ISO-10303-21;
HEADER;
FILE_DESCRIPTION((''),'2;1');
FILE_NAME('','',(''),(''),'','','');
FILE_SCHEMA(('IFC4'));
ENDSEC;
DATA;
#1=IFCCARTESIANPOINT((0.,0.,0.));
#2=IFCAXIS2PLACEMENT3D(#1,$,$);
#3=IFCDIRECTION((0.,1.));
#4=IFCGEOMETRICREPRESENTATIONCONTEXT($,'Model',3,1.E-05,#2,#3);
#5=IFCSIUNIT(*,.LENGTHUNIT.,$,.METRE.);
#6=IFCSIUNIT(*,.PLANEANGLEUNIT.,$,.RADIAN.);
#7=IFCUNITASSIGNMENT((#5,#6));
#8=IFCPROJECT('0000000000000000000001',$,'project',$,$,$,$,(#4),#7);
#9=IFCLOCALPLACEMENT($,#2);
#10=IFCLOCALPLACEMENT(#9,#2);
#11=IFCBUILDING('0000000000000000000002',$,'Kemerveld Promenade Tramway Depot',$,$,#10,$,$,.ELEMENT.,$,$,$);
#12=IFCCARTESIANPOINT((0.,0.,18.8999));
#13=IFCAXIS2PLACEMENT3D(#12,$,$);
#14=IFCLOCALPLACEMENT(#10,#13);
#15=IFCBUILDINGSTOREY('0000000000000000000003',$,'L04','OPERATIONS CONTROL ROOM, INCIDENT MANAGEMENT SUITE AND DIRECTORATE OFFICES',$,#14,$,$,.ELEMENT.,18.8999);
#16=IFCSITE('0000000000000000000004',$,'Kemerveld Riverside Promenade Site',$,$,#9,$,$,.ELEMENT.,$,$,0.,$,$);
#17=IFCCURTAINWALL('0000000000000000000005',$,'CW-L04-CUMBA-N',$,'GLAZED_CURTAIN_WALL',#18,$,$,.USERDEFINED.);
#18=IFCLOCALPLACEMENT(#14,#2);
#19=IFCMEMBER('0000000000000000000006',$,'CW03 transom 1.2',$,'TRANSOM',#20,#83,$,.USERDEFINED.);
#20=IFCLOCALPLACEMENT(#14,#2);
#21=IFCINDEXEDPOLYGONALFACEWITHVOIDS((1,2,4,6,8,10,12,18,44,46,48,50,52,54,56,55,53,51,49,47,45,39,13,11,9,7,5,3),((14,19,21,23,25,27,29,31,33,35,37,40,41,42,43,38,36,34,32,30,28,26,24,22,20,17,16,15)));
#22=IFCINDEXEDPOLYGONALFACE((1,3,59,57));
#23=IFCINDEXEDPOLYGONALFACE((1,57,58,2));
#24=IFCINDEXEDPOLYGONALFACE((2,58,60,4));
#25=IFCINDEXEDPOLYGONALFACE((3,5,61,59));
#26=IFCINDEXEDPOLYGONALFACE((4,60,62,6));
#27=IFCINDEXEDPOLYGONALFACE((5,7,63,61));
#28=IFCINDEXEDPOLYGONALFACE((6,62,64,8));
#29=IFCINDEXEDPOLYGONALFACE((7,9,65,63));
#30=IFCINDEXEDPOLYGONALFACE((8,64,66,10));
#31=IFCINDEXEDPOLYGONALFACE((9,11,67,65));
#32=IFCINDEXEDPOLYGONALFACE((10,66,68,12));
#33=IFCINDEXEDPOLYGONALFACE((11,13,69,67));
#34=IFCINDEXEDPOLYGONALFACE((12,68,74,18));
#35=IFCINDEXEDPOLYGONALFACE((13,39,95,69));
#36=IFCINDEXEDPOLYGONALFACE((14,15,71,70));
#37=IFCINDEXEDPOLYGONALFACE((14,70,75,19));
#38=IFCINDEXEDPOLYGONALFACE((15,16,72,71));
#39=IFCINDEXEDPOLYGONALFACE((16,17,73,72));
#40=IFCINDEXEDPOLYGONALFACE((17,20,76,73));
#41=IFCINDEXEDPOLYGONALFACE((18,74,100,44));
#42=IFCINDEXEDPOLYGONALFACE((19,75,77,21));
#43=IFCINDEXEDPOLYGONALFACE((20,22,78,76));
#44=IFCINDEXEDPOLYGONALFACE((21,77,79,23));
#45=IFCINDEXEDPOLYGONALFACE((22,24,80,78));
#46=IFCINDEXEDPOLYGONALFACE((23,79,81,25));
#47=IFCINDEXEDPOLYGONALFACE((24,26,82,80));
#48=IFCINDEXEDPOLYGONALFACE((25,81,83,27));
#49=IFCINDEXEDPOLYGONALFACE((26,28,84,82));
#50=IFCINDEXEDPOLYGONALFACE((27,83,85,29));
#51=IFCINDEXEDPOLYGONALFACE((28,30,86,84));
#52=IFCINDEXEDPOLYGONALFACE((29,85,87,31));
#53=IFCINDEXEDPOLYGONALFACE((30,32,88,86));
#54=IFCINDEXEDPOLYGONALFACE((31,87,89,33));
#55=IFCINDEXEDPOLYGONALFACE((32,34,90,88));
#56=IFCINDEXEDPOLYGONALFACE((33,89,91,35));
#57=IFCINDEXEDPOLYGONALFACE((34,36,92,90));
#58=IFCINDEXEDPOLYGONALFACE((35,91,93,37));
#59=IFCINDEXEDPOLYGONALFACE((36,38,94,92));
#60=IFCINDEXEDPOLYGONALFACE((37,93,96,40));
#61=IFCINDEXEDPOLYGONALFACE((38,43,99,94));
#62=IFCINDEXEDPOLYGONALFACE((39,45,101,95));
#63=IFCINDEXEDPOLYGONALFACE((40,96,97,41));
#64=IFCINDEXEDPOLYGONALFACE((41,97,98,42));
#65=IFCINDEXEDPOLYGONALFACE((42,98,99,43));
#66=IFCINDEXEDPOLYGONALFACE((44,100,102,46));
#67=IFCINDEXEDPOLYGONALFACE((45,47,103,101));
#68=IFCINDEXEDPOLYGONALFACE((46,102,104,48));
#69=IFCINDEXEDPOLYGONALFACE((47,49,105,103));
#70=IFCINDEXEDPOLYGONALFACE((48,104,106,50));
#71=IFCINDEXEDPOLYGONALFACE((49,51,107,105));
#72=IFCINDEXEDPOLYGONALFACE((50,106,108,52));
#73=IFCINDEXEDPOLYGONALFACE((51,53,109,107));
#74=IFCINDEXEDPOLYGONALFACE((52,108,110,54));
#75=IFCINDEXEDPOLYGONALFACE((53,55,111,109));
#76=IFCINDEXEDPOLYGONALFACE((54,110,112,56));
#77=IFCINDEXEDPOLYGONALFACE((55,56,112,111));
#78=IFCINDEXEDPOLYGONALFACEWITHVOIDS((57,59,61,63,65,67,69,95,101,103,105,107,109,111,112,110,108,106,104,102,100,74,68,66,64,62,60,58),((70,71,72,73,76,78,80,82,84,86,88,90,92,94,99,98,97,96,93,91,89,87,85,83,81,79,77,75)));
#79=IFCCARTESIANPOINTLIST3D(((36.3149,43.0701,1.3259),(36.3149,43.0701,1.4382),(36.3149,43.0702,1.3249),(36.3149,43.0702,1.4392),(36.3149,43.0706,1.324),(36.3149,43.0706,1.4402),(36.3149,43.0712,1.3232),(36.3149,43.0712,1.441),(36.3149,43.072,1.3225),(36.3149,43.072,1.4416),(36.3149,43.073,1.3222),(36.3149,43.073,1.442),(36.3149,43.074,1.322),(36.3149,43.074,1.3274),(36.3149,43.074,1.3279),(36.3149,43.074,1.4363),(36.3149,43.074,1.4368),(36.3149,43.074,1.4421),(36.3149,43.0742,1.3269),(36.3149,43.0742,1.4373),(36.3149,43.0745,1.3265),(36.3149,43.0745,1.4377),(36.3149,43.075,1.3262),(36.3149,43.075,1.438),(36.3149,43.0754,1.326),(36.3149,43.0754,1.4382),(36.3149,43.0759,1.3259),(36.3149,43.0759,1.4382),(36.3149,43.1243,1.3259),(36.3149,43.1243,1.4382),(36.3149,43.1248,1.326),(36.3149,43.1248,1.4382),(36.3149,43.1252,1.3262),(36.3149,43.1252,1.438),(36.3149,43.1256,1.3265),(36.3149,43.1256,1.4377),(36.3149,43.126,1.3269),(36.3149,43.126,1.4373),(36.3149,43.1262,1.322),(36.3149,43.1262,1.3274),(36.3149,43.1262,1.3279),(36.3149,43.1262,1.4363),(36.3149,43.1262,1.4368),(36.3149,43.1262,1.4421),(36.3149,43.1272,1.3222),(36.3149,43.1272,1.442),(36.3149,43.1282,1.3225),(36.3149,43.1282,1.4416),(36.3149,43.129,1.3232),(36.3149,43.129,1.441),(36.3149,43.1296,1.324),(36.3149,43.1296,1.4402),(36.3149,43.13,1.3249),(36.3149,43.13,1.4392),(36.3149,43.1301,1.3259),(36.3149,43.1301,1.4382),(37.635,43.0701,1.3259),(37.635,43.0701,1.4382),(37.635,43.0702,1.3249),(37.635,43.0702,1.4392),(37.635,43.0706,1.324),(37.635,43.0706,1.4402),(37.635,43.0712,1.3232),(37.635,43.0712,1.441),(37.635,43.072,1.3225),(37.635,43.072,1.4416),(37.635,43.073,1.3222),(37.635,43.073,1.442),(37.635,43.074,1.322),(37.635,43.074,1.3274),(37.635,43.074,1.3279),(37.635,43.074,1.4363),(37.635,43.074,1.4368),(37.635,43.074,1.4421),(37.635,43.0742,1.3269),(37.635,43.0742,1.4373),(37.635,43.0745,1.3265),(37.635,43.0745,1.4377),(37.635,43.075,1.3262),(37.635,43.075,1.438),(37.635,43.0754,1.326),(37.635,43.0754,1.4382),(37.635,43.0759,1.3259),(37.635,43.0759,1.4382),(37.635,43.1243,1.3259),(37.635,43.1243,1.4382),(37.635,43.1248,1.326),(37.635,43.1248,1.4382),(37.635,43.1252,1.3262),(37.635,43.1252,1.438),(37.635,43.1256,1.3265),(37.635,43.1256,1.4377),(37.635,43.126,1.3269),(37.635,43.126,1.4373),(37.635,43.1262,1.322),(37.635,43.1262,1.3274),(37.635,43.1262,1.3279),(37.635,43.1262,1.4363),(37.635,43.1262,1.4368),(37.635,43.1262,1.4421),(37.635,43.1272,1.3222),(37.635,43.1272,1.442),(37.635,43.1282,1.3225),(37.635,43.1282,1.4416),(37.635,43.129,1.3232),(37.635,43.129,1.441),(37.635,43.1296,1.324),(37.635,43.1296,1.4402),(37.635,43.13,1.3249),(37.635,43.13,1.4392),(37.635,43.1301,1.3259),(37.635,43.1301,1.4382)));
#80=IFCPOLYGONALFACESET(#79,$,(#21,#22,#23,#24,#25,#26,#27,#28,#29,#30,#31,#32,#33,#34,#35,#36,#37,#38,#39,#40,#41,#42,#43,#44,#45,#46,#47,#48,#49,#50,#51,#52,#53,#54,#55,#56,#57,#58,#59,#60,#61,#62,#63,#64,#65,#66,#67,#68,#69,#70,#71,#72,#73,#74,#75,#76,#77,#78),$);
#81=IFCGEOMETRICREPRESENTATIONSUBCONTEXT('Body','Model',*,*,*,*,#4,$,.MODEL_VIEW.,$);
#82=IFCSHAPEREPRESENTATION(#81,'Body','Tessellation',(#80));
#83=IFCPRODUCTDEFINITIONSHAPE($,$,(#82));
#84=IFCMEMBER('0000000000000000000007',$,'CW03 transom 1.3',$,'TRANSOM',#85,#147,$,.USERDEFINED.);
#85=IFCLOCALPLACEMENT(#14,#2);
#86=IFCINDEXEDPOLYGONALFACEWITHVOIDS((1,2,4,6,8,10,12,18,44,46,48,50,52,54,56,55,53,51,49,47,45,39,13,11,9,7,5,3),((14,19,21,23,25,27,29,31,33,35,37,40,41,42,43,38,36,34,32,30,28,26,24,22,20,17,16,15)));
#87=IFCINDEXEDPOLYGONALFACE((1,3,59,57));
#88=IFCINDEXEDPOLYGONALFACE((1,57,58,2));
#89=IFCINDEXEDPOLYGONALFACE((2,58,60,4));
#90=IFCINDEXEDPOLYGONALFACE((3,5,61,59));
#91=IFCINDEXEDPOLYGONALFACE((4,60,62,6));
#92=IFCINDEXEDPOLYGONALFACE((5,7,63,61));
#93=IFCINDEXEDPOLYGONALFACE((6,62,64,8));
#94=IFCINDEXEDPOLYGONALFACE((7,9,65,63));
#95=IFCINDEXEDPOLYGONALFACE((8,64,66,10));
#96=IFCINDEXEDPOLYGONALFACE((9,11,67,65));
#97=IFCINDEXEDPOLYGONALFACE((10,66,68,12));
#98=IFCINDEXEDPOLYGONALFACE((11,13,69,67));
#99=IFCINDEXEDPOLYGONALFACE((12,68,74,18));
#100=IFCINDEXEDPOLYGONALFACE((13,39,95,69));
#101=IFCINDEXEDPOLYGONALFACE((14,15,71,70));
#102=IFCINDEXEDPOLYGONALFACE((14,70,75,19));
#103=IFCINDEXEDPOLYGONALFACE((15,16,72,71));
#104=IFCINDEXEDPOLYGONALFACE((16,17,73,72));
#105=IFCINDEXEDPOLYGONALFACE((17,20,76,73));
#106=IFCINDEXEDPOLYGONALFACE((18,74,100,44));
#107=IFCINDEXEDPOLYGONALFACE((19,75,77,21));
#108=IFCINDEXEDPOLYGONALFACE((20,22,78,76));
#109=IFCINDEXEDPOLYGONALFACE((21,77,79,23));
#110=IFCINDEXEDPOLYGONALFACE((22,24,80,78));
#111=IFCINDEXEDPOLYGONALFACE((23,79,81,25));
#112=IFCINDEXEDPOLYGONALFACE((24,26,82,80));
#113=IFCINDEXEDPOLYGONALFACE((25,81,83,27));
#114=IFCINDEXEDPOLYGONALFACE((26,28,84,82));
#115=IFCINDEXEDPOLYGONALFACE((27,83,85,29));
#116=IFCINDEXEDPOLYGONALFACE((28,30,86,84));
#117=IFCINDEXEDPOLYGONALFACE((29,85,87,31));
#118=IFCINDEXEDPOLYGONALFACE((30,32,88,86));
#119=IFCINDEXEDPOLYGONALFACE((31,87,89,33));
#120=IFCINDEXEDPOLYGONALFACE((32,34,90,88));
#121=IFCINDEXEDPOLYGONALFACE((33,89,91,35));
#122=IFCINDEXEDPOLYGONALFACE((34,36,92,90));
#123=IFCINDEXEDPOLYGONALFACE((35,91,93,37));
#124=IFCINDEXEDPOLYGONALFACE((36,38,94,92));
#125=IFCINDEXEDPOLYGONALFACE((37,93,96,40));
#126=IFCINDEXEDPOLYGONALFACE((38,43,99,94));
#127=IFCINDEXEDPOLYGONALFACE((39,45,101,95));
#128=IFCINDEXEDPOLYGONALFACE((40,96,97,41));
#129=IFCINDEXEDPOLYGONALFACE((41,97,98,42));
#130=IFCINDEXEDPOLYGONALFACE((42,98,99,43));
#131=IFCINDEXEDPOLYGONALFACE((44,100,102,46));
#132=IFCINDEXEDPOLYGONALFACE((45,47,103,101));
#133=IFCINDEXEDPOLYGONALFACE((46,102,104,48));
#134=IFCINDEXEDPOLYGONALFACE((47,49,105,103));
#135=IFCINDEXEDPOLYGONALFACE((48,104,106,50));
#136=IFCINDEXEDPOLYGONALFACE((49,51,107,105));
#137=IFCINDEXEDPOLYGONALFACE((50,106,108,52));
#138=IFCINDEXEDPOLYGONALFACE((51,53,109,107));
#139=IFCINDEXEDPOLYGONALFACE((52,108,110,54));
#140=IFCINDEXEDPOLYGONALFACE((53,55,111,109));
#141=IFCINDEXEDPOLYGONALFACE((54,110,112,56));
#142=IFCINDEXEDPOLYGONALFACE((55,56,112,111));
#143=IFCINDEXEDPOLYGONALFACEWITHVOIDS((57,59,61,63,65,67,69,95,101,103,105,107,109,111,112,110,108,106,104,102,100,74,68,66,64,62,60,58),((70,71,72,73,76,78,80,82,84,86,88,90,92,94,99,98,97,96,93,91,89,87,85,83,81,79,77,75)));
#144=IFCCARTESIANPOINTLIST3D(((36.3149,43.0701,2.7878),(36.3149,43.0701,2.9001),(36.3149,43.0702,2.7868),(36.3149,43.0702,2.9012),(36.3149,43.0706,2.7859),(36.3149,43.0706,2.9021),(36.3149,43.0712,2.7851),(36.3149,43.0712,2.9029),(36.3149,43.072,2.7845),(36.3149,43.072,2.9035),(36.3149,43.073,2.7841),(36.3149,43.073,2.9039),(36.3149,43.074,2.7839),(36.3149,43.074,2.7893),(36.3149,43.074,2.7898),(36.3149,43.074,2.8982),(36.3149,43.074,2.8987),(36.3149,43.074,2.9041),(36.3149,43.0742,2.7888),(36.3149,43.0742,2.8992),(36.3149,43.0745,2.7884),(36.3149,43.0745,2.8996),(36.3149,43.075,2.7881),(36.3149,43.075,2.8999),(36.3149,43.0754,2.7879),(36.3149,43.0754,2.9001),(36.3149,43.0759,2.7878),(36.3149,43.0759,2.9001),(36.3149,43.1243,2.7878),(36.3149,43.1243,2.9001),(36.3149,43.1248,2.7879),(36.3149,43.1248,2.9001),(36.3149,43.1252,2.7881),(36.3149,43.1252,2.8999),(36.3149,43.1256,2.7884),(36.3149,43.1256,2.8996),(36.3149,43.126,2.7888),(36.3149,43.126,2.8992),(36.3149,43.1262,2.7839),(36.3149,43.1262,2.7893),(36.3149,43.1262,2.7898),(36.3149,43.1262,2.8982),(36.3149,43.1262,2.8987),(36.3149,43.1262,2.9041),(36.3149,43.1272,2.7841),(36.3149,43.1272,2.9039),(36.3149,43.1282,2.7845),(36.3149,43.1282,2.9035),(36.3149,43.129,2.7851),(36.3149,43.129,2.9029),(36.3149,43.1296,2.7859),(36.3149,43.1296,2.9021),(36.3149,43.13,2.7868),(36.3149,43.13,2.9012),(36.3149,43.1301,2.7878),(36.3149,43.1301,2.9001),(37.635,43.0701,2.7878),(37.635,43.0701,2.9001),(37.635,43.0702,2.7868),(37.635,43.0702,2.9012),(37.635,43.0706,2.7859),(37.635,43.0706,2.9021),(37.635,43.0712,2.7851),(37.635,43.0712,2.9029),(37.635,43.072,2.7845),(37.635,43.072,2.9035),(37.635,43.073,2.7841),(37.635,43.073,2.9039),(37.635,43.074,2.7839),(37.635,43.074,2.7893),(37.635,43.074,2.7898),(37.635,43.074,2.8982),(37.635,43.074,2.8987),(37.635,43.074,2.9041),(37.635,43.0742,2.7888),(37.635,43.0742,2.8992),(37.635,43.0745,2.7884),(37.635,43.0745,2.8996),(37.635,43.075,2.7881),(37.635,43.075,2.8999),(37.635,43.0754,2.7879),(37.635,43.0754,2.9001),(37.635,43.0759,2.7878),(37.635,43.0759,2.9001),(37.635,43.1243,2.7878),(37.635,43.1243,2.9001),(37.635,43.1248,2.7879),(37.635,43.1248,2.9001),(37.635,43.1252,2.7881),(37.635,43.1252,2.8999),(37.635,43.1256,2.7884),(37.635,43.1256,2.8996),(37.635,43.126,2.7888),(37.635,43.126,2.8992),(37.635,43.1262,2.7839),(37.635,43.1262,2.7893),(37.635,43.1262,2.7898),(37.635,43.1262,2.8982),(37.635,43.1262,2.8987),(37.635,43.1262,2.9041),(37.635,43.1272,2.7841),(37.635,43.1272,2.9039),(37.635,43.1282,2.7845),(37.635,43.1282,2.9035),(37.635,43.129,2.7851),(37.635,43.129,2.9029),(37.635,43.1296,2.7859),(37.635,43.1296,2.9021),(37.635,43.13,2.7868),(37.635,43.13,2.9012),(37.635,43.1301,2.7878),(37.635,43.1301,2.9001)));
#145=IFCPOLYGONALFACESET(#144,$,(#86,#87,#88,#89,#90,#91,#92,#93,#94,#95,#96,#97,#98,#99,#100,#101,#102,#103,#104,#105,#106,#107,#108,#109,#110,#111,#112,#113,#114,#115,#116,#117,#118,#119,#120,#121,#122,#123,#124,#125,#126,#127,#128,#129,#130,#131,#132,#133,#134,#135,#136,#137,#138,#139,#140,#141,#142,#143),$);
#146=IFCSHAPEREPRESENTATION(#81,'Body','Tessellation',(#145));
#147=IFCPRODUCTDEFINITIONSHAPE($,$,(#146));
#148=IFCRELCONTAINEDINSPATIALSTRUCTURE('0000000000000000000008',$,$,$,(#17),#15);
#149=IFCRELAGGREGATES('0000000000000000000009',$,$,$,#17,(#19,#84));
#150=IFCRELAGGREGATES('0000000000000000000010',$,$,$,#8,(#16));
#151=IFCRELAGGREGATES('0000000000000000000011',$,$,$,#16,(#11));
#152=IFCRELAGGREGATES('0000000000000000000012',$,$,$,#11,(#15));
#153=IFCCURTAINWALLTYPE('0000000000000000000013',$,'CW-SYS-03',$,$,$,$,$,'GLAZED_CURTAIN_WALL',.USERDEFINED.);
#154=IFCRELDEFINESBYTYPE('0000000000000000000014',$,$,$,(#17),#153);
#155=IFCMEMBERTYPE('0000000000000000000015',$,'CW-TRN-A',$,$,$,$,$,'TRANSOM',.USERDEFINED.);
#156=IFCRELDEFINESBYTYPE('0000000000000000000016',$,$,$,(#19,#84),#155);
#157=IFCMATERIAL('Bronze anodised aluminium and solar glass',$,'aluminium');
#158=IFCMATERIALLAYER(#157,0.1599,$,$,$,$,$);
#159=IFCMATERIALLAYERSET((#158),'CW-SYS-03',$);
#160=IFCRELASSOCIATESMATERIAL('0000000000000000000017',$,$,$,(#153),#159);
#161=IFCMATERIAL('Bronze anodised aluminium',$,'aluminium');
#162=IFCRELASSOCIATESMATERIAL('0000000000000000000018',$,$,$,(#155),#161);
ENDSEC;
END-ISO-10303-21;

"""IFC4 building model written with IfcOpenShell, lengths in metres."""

from ifc_helpers import new_model, si_unit, direction, frame, origin, origin_2d, place, context, subcontext, project, spatial, hollow_rectangle, extrude, material, layer, layer_set, material_profile, profile_set, type_object, element, aggregate, save


model = new_model("IFC4")

# Units and contexts
model_context = context("Model", 3, precision=1e-05, world=origin(), true_north=direction((0.0, 1.0)))
body_context = subcontext(model_context, "Body", "Model", "MODEL_VIEW")
ifc_project = project(units=[si_unit("LENGTHUNIT", "METRE"), si_unit("PLANEANGLEUNIT", "RADIAN")], contexts=[model_context])

# Site, building, storey
site_placement = place(None, origin())
site = spatial("IfcSite", under=ifc_project, at=site_placement, Name="Kemerveld Riverside Promenade Site", CompositionType="ELEMENT", RefElevation=0.0)
building_placement = place(site_placement, origin())
building = spatial("IfcBuilding", under=site, at=building_placement, Name="Kemerveld Promenade Tramway Depot", CompositionType="ELEMENT")
storey_placement = place(building_placement, frame((0.0, 0.0, 18.8999)))
storey = spatial("IfcBuildingStorey", under=building, at=storey_placement, Name="L04", Description="OPERATIONS CONTROL ROOM, INCIDENT MANAGEMENT SUITE AND DIRECTORATE OFFICES", CompositionType="ELEMENT", Elevation=18.8999)

# Curtain wall
ifc_material_1 = material(Name="Bronze anodised aluminium and solar glass", Category="aluminium")
ifc_layer_1 = layer(ifc_material_1, 0.1599)
ifc_layer_set_1 = layer_set([ifc_layer_1], Name="CW-SYS-03")
curtain_wall_type_1 = type_object("IfcCurtainWallType", Name="CW-SYS-03", ElementType="GLAZED_CURTAIN_WALL", PredefinedType="USERDEFINED", material=ifc_layer_set_1)
curtain_wall_1_placement = place(storey_placement, origin())
curtain_wall_1 = element("IfcCurtainWall", 1, at=curtain_wall_1_placement, inside=storey, type_object=curtain_wall_type_1, Name="CW-L04-CUMBA-N", ObjectType="GLAZED_CURTAIN_WALL", PredefinedType="USERDEFINED")
ifc_material_2 = material(Name="Bronze anodised aluminium", Category="aluminium")

# Members
ifc_material_profile_1 = material_profile(ifc_material_2, hollow_rectangle(XDim=0.0601, YDim=0.1201, WallThickness=0.0039, InnerFilletRadius=0.002, OuterFilletRadius=0.0039, at=origin_2d()), Name="CW-TRN-120x60")
ifc_profile_set_1 = profile_set([ifc_material_profile_1], Name="Bronze anodised aluminium")
member_type_1 = type_object("IfcMemberType", Name="CW-TRN-A", ElementType="TRANSOM", PredefinedType="USERDEFINED", material=ifc_profile_set_1)
member_1_placement = place(storey_placement, frame((36.3149, 43.1001, 1.3821), z_axis=(1.0, 0.0, 0.0), x_axis=(0.0, 1.0, 0.0)))
member_1 = element("IfcMember", 2, at=member_1_placement, type_object=member_type_1, Name="CW03 transom 1.2", ObjectType="TRANSOM", PredefinedType="USERDEFINED", context=body_context, shape_type="SweptSolid", body=[
    extrude(hollow_rectangle(XDim=0.0601, YDim=0.1201, WallThickness=0.0039, InnerFilletRadius=0.002, OuterFilletRadius=0.0039, at=origin_2d()), origin(), (0.0, 0.0, 1.0), 1.3201),
])
member_2_placement = place(storey_placement, frame((36.3149, 43.1001, 2.844), z_axis=(1.0, 0.0, 0.0), x_axis=(0.0, 1.0, 0.0)))
member_2 = element("IfcMember", 3, at=member_2_placement, type_object=member_type_1, Name="CW03 transom 1.3", ObjectType="TRANSOM", PredefinedType="USERDEFINED", context=body_context, shape_type="SweptSolid", body=[
    extrude(hollow_rectangle(XDim=0.0601, YDim=0.1201, WallThickness=0.0039, InnerFilletRadius=0.002, OuterFilletRadius=0.0039, at=origin_2d()), origin(), (0.0, 0.0, 1.0), 1.3201),
])
aggregate(curtain_wall_1, [member_1, member_2])

save(model, "model.ifc")
